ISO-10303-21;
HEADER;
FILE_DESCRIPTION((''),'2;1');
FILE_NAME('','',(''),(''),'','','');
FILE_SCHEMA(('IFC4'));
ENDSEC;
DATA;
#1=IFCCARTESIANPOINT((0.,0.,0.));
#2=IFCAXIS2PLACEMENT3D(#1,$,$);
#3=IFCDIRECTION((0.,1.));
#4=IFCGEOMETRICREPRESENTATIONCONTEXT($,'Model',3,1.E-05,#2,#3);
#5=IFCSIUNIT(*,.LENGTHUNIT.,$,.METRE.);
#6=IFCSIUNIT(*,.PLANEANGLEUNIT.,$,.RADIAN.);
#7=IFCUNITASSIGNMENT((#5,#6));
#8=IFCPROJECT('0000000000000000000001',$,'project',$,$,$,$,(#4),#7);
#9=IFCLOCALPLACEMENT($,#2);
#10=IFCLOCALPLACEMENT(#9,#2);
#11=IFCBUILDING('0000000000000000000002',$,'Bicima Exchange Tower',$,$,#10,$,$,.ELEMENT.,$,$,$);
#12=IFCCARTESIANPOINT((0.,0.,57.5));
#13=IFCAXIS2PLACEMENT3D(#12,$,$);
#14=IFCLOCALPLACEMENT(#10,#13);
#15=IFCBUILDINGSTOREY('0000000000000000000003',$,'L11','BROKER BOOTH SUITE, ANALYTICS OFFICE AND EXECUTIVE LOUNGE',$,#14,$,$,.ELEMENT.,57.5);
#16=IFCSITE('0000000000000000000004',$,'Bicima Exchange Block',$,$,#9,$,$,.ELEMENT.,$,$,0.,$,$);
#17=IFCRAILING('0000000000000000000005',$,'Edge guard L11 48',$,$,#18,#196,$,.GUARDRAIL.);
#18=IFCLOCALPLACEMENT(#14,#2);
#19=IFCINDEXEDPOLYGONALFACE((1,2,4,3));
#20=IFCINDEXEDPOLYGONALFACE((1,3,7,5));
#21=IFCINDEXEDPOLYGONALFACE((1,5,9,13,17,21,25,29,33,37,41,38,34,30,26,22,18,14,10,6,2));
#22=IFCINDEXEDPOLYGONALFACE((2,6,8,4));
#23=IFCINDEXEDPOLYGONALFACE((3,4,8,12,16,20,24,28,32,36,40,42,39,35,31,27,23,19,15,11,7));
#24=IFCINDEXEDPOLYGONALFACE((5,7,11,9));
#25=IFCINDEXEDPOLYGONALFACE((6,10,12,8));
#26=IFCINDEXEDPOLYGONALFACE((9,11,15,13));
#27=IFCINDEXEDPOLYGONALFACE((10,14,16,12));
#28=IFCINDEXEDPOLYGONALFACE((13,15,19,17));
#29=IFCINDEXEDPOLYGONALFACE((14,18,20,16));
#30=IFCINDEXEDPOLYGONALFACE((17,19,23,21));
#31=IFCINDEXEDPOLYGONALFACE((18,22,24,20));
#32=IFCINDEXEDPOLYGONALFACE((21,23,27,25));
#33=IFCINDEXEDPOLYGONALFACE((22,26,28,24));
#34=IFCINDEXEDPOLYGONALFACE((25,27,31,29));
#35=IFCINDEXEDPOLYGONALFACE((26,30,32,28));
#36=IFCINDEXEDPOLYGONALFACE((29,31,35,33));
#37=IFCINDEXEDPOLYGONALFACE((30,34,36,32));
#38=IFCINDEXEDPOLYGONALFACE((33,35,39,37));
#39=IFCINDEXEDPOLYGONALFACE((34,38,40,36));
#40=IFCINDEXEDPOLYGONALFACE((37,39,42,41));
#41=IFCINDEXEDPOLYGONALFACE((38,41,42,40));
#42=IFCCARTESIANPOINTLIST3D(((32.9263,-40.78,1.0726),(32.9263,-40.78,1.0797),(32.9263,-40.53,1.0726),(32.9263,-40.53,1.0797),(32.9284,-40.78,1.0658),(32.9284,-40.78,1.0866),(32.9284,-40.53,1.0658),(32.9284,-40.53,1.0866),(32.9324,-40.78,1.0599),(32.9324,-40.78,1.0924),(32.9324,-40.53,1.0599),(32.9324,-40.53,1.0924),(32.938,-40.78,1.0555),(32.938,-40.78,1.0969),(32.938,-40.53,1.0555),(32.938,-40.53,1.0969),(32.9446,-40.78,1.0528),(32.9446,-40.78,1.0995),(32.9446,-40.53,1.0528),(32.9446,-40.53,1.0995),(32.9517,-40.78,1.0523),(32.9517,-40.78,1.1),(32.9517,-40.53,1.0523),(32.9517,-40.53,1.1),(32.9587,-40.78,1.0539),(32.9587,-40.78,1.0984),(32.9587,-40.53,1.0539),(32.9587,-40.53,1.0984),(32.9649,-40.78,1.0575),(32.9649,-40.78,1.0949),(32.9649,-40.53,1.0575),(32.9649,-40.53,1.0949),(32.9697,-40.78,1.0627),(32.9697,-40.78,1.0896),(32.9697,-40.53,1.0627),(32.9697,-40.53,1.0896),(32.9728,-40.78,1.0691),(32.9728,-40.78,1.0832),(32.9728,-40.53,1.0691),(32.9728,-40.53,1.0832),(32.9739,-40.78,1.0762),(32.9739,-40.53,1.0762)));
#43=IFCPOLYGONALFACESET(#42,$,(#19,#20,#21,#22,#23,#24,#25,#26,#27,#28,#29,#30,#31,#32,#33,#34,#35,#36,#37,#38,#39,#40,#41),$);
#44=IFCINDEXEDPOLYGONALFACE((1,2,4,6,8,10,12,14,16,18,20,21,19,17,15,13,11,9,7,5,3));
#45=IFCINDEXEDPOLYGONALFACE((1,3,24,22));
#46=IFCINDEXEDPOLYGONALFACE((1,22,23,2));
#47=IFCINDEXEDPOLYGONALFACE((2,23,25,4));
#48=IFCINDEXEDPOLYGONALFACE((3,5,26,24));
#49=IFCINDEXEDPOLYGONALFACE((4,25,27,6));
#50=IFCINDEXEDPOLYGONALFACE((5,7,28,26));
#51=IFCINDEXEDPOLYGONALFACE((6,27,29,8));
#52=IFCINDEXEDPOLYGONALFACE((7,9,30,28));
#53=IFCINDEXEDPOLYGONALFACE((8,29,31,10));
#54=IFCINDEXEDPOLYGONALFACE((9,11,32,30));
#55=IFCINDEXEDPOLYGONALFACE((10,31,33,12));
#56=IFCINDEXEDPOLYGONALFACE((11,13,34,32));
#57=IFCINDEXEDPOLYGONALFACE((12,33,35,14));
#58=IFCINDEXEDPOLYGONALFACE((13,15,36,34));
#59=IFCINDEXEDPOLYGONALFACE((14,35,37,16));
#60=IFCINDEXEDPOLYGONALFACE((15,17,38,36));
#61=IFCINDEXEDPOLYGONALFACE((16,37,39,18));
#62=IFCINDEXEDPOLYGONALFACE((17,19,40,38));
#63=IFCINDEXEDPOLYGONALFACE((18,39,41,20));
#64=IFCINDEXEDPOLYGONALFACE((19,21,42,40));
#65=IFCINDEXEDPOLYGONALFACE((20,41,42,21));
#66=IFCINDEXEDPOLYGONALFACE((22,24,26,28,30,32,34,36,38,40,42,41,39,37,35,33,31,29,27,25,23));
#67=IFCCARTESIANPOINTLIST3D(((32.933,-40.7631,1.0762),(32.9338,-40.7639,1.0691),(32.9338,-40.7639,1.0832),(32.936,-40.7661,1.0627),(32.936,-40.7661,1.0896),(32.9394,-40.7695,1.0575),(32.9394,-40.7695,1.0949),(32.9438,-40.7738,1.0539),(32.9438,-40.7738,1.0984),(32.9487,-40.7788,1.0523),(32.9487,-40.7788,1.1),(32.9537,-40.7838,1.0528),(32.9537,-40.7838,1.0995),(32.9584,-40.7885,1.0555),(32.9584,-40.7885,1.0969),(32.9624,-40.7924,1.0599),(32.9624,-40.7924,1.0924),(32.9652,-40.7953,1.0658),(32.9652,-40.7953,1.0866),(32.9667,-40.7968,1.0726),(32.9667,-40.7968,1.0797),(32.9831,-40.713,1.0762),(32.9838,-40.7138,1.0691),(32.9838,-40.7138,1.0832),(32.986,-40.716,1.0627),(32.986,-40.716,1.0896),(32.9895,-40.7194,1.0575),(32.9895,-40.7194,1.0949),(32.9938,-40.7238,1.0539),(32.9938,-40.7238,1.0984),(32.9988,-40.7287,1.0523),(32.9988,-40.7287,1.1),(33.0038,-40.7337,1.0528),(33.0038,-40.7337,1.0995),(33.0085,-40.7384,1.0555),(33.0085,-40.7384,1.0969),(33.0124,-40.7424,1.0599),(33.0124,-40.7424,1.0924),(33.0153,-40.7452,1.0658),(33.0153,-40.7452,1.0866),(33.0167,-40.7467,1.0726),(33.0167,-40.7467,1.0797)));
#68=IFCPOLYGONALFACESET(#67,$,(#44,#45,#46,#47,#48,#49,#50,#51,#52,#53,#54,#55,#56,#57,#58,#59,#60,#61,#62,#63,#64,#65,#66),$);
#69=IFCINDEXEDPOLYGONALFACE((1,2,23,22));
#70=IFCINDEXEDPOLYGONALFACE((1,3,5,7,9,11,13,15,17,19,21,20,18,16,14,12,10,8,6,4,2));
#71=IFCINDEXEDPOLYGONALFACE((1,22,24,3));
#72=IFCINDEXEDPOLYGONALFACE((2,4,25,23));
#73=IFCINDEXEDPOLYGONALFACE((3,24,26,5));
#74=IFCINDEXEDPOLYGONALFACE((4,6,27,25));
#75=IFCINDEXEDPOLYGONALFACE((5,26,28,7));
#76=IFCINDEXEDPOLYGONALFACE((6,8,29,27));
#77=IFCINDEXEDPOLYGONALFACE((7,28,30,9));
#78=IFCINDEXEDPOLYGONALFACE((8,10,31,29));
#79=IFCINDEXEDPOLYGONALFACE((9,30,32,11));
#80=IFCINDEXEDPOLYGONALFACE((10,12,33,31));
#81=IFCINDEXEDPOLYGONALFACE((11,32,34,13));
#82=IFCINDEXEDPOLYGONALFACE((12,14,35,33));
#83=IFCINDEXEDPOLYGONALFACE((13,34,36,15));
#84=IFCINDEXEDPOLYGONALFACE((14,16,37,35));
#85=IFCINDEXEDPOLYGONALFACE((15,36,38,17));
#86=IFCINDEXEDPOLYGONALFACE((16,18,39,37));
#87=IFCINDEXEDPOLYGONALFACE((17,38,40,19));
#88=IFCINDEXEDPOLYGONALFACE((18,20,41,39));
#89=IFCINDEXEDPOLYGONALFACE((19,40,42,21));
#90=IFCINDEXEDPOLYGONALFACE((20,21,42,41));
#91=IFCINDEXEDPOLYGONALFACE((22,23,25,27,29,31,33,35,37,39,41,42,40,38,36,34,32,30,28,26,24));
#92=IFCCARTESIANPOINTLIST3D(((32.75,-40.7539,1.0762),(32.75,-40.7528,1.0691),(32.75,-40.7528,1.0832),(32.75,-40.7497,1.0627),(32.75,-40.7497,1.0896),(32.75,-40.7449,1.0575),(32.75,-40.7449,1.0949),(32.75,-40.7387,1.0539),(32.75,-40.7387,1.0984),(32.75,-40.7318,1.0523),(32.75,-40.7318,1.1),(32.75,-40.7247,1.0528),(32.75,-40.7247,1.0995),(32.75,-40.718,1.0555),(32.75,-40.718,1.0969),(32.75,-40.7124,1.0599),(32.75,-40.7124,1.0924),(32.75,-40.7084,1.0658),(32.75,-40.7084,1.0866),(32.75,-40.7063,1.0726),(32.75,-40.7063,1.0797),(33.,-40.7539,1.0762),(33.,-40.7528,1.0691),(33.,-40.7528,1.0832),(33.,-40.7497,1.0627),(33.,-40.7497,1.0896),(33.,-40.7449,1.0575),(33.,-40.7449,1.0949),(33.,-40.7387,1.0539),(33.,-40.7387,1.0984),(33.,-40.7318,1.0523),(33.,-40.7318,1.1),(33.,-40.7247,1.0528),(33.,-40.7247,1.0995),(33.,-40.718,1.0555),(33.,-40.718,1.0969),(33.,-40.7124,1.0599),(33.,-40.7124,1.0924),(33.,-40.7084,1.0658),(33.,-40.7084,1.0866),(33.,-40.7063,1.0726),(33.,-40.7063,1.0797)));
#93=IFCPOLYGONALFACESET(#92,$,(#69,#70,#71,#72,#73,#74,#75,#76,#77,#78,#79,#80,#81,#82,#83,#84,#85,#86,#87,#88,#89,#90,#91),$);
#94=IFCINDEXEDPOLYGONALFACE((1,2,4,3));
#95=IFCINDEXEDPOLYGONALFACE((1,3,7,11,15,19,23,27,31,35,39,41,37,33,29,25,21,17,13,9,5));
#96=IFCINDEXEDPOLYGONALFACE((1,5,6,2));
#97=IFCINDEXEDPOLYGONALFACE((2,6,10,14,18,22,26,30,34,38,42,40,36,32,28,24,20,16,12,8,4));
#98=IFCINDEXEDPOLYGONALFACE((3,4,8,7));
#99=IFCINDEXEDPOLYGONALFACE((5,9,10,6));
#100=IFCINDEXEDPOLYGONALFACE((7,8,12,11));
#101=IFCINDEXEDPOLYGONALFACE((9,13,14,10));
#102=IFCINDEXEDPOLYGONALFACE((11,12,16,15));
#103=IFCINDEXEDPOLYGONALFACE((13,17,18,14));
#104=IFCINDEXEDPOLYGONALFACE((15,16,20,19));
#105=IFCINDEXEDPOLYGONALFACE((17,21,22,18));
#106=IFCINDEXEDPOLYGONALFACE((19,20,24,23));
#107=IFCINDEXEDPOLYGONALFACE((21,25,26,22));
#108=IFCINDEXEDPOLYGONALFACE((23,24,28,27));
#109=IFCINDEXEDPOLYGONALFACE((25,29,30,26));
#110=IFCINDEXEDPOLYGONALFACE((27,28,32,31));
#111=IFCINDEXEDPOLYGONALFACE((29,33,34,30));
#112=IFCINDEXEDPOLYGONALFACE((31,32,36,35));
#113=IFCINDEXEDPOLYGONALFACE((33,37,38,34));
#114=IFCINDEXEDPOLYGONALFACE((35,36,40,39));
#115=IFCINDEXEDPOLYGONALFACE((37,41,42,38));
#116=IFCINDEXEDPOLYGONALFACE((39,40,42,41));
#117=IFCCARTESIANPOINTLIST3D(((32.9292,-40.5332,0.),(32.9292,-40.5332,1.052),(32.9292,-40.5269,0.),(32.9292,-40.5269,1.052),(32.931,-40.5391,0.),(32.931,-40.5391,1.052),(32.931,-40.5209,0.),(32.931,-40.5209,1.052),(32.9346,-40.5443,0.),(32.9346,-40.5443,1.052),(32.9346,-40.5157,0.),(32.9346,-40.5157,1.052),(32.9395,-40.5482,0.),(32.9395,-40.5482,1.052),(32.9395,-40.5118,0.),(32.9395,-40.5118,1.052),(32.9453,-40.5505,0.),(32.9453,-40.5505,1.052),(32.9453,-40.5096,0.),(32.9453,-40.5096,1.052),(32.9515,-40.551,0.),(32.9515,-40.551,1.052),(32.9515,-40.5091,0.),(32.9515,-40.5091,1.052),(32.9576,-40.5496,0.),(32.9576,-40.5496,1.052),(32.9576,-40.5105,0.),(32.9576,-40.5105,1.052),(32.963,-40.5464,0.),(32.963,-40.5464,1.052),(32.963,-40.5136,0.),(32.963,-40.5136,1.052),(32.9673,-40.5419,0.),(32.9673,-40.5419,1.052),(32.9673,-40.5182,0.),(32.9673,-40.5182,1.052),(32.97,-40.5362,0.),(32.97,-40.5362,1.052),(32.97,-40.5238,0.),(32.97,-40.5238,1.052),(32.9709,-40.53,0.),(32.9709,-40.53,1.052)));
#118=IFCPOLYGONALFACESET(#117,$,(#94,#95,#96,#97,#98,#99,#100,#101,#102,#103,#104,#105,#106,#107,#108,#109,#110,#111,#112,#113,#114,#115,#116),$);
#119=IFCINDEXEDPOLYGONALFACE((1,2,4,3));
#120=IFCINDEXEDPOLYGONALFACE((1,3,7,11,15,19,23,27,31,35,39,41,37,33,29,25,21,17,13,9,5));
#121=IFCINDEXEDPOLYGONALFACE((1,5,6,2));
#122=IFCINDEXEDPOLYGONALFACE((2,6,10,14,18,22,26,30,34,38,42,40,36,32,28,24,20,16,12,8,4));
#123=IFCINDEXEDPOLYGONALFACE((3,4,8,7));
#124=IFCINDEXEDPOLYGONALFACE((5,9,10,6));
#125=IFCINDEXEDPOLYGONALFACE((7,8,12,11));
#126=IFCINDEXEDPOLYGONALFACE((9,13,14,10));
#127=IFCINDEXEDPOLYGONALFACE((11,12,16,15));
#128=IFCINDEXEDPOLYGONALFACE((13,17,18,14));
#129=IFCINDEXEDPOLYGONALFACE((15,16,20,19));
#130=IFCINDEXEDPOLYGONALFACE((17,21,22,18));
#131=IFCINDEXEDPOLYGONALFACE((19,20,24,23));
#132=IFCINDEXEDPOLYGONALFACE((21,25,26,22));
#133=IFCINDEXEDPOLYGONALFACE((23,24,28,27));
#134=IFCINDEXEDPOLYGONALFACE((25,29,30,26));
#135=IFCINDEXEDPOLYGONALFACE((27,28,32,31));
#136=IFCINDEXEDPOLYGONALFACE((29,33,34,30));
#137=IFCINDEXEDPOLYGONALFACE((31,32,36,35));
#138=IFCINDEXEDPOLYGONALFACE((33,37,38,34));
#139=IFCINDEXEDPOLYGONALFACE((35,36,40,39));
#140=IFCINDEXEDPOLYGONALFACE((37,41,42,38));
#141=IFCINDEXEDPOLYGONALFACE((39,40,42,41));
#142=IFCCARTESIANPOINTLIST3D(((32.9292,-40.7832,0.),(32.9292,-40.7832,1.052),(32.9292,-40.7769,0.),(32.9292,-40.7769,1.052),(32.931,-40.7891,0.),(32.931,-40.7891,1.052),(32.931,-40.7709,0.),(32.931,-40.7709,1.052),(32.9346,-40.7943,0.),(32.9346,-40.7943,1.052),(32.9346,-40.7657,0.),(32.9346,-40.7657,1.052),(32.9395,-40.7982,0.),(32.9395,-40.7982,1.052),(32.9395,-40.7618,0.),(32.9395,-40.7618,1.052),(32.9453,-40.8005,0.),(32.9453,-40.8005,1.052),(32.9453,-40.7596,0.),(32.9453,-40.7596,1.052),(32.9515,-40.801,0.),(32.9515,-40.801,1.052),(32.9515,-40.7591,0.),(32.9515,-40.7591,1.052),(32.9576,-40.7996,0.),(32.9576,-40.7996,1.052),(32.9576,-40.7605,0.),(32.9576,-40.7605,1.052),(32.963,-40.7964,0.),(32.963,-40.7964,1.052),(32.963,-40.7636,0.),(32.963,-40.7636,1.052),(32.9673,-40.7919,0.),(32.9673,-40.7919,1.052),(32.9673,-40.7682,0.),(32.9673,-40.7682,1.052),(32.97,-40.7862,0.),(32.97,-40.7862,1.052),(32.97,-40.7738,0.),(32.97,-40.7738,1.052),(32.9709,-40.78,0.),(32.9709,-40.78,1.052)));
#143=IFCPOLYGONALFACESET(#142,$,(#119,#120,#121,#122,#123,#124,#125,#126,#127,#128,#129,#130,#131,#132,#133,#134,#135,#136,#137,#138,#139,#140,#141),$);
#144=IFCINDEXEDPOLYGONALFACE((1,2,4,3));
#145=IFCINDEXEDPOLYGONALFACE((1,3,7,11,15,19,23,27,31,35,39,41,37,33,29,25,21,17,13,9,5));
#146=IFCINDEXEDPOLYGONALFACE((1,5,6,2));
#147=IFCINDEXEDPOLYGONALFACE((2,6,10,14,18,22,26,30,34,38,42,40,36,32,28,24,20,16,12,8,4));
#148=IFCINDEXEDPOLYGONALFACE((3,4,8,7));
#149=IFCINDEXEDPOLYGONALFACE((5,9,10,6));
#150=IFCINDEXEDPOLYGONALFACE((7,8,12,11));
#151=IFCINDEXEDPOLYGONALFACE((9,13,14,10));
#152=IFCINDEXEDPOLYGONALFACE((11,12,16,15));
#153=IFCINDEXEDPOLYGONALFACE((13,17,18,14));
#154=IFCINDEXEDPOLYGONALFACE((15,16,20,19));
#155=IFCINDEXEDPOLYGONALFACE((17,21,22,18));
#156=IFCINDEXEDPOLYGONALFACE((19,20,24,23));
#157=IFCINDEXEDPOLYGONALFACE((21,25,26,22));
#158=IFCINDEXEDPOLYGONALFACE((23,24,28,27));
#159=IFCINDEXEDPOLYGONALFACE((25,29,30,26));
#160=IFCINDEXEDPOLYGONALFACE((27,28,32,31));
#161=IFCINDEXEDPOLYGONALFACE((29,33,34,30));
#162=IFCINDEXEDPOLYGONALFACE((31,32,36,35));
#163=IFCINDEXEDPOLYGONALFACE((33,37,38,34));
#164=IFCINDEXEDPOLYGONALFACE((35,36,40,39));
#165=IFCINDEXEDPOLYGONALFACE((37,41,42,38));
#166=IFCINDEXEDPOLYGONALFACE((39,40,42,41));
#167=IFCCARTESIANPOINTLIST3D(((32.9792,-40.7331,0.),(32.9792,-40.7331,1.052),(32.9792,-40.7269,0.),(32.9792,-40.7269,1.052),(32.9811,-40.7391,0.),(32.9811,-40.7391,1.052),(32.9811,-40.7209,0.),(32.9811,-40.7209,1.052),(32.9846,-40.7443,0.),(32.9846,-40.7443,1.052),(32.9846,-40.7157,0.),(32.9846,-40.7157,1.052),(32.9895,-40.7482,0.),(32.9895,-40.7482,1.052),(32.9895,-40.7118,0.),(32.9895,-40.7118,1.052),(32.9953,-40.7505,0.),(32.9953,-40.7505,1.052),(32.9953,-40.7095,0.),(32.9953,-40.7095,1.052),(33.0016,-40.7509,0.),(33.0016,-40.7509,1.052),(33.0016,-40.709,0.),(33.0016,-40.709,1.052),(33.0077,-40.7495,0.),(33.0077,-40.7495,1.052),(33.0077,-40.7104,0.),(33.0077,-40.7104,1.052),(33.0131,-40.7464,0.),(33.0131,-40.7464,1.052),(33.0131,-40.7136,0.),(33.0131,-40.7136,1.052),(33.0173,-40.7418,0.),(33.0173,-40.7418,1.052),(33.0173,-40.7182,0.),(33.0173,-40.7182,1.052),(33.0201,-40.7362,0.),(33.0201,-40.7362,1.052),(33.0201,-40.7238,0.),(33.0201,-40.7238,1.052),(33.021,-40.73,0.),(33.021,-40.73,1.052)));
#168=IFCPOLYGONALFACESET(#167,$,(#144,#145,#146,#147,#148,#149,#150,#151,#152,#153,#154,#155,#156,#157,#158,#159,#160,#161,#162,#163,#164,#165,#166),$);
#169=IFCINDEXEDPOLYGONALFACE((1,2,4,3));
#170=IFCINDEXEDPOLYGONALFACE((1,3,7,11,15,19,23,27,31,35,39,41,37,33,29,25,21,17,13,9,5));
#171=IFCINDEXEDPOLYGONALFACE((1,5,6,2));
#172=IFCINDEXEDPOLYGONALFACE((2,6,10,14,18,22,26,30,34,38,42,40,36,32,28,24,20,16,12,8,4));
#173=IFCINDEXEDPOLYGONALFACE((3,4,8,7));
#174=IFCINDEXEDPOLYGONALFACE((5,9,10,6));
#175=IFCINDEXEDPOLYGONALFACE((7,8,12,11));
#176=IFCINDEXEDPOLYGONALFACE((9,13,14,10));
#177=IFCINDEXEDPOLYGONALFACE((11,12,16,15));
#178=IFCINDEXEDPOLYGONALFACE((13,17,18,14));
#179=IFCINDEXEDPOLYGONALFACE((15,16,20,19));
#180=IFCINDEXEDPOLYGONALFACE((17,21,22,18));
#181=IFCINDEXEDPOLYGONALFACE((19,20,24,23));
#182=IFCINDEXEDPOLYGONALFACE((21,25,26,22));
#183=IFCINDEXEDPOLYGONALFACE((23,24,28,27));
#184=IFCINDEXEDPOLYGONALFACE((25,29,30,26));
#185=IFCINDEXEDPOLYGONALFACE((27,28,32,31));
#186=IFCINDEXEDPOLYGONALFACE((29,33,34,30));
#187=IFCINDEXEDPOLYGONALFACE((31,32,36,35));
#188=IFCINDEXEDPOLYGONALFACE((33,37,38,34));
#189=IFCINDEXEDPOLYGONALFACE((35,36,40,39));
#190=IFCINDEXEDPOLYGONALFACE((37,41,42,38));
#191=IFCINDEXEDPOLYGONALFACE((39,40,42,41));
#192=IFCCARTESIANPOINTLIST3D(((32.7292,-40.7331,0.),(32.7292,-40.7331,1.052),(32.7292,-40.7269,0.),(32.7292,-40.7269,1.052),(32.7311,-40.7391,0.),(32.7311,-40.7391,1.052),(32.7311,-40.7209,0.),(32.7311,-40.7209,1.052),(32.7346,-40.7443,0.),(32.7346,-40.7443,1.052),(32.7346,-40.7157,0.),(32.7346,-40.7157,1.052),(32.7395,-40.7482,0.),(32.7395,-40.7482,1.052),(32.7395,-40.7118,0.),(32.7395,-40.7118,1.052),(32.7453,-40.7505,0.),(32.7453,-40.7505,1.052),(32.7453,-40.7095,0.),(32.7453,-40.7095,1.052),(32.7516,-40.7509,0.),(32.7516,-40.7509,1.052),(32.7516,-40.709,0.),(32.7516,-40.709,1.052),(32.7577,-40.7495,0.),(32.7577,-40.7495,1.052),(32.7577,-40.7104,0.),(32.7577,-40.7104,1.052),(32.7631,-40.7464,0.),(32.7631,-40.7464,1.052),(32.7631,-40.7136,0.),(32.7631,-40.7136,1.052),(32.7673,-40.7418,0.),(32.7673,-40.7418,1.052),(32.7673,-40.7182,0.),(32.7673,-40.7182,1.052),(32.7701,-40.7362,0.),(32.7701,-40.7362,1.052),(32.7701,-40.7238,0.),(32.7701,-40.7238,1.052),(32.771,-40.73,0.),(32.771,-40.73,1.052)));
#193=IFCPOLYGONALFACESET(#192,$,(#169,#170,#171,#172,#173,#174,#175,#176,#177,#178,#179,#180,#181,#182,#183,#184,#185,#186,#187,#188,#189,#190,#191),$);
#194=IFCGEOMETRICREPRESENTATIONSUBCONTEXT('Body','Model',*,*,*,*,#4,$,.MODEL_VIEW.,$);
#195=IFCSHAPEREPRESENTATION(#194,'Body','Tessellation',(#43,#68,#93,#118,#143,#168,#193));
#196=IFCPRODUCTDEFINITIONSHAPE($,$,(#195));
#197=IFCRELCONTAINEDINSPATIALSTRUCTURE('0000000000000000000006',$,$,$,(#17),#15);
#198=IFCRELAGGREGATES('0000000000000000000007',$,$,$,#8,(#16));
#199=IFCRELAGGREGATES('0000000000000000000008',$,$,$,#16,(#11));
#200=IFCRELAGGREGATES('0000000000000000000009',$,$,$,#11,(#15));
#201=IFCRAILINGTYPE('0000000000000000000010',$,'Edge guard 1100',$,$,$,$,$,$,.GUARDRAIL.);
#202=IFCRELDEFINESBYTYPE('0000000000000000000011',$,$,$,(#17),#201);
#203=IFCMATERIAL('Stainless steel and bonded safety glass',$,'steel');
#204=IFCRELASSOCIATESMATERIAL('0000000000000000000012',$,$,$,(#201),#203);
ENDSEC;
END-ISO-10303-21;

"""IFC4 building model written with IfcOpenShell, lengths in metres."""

from ifc_helpers import new_model, si_unit, direction, frame, origin, origin_2d, place, context, subcontext, project, spatial, circle, extrude, material, type_object, element, save


model = new_model("IFC4")

# Units and contexts
model_context = context("Model", 3, precision=1e-05, world=origin(), true_north=direction((0.0, 1.0)))
body_context = subcontext(model_context, "Body", "Model", "MODEL_VIEW")
ifc_project = project(units=[si_unit("LENGTHUNIT", "METRE"), si_unit("PLANEANGLEUNIT", "RADIAN")], contexts=[model_context])

# Site, building, storey
site_placement = place(None, origin())
site = spatial("IfcSite", under=ifc_project, at=site_placement, Name="Bicima Exchange Block", CompositionType="ELEMENT", RefElevation=0.0)
building_placement = place(site_placement, origin())
building = spatial("IfcBuilding", under=site, at=building_placement, Name="Bicima Exchange Tower", CompositionType="ELEMENT")
storey_placement = place(building_placement, frame((0.0, 0.0, 57.5)))
storey = spatial("IfcBuildingStorey", under=building, at=storey_placement, Name="L11", Description="BROKER BOOTH SUITE, ANALYTICS OFFICE AND EXECUTIVE LOUNGE", CompositionType="ELEMENT", Elevation=57.5)

# Railing
ifc_material_1 = material(Name="Stainless steel and bonded safety glass", Category="steel")
railing_type = type_object("IfcRailingType", Name="Edge guard 1100", PredefinedType="GUARDRAIL", material=ifc_material_1)
railing_1_placement = place(storey_placement, frame((32.95, -40.53, 0.0)))
element("IfcRailing", 1, at=railing_1_placement, inside=storey, type_object=railing_type, Name="Edge guard L11 48", PredefinedType="GUARDRAIL", context=body_context, shape_type="SweptSolid", body=[
    extrude(circle(Radius=0.0239, at=origin_2d()), frame((0.0, 0.0, 1.0762), z_axis=(0.0, -1.0, 0.0), x_axis=(1.0, 0.0, 0.0)), (0.0, 0.0, 1.0), 0.25),
    extrude(circle(Radius=0.0239, at=origin_2d()), frame((0.0, -0.25, 1.0762), z_axis=(0.707107, 0.707107, 0.0), x_axis=(-0.707107, 0.707107, 0.0)), (0.0, 0.0, 1.0), 0.0708),
    extrude(circle(Radius=0.0239, at=origin_2d()), frame((0.05, -0.2, 1.0762), z_axis=(-1.0, 0.0, 0.0), x_axis=(0.0, -1.0, 0.0)), (0.0, 0.0, 1.0), 0.25),
    extrude(circle(Radius=0.021, at=origin_2d()), origin(), (0.0, 0.0, 1.0), 1.052),
    extrude(circle(Radius=0.021, at=origin_2d()), frame((0.0, -0.25, 0.0)), (0.0, 0.0, 1.0), 1.052),
    extrude(circle(Radius=0.021, at=origin_2d()), frame((0.05, -0.2, 0.0)), (0.0, 0.0, 1.0), 1.052),
    extrude(circle(Radius=0.021, at=origin_2d()), frame((-0.2, -0.2, 0.0)), (0.0, 0.0, 1.0), 1.052),
])

save(model, "model.ifc")
